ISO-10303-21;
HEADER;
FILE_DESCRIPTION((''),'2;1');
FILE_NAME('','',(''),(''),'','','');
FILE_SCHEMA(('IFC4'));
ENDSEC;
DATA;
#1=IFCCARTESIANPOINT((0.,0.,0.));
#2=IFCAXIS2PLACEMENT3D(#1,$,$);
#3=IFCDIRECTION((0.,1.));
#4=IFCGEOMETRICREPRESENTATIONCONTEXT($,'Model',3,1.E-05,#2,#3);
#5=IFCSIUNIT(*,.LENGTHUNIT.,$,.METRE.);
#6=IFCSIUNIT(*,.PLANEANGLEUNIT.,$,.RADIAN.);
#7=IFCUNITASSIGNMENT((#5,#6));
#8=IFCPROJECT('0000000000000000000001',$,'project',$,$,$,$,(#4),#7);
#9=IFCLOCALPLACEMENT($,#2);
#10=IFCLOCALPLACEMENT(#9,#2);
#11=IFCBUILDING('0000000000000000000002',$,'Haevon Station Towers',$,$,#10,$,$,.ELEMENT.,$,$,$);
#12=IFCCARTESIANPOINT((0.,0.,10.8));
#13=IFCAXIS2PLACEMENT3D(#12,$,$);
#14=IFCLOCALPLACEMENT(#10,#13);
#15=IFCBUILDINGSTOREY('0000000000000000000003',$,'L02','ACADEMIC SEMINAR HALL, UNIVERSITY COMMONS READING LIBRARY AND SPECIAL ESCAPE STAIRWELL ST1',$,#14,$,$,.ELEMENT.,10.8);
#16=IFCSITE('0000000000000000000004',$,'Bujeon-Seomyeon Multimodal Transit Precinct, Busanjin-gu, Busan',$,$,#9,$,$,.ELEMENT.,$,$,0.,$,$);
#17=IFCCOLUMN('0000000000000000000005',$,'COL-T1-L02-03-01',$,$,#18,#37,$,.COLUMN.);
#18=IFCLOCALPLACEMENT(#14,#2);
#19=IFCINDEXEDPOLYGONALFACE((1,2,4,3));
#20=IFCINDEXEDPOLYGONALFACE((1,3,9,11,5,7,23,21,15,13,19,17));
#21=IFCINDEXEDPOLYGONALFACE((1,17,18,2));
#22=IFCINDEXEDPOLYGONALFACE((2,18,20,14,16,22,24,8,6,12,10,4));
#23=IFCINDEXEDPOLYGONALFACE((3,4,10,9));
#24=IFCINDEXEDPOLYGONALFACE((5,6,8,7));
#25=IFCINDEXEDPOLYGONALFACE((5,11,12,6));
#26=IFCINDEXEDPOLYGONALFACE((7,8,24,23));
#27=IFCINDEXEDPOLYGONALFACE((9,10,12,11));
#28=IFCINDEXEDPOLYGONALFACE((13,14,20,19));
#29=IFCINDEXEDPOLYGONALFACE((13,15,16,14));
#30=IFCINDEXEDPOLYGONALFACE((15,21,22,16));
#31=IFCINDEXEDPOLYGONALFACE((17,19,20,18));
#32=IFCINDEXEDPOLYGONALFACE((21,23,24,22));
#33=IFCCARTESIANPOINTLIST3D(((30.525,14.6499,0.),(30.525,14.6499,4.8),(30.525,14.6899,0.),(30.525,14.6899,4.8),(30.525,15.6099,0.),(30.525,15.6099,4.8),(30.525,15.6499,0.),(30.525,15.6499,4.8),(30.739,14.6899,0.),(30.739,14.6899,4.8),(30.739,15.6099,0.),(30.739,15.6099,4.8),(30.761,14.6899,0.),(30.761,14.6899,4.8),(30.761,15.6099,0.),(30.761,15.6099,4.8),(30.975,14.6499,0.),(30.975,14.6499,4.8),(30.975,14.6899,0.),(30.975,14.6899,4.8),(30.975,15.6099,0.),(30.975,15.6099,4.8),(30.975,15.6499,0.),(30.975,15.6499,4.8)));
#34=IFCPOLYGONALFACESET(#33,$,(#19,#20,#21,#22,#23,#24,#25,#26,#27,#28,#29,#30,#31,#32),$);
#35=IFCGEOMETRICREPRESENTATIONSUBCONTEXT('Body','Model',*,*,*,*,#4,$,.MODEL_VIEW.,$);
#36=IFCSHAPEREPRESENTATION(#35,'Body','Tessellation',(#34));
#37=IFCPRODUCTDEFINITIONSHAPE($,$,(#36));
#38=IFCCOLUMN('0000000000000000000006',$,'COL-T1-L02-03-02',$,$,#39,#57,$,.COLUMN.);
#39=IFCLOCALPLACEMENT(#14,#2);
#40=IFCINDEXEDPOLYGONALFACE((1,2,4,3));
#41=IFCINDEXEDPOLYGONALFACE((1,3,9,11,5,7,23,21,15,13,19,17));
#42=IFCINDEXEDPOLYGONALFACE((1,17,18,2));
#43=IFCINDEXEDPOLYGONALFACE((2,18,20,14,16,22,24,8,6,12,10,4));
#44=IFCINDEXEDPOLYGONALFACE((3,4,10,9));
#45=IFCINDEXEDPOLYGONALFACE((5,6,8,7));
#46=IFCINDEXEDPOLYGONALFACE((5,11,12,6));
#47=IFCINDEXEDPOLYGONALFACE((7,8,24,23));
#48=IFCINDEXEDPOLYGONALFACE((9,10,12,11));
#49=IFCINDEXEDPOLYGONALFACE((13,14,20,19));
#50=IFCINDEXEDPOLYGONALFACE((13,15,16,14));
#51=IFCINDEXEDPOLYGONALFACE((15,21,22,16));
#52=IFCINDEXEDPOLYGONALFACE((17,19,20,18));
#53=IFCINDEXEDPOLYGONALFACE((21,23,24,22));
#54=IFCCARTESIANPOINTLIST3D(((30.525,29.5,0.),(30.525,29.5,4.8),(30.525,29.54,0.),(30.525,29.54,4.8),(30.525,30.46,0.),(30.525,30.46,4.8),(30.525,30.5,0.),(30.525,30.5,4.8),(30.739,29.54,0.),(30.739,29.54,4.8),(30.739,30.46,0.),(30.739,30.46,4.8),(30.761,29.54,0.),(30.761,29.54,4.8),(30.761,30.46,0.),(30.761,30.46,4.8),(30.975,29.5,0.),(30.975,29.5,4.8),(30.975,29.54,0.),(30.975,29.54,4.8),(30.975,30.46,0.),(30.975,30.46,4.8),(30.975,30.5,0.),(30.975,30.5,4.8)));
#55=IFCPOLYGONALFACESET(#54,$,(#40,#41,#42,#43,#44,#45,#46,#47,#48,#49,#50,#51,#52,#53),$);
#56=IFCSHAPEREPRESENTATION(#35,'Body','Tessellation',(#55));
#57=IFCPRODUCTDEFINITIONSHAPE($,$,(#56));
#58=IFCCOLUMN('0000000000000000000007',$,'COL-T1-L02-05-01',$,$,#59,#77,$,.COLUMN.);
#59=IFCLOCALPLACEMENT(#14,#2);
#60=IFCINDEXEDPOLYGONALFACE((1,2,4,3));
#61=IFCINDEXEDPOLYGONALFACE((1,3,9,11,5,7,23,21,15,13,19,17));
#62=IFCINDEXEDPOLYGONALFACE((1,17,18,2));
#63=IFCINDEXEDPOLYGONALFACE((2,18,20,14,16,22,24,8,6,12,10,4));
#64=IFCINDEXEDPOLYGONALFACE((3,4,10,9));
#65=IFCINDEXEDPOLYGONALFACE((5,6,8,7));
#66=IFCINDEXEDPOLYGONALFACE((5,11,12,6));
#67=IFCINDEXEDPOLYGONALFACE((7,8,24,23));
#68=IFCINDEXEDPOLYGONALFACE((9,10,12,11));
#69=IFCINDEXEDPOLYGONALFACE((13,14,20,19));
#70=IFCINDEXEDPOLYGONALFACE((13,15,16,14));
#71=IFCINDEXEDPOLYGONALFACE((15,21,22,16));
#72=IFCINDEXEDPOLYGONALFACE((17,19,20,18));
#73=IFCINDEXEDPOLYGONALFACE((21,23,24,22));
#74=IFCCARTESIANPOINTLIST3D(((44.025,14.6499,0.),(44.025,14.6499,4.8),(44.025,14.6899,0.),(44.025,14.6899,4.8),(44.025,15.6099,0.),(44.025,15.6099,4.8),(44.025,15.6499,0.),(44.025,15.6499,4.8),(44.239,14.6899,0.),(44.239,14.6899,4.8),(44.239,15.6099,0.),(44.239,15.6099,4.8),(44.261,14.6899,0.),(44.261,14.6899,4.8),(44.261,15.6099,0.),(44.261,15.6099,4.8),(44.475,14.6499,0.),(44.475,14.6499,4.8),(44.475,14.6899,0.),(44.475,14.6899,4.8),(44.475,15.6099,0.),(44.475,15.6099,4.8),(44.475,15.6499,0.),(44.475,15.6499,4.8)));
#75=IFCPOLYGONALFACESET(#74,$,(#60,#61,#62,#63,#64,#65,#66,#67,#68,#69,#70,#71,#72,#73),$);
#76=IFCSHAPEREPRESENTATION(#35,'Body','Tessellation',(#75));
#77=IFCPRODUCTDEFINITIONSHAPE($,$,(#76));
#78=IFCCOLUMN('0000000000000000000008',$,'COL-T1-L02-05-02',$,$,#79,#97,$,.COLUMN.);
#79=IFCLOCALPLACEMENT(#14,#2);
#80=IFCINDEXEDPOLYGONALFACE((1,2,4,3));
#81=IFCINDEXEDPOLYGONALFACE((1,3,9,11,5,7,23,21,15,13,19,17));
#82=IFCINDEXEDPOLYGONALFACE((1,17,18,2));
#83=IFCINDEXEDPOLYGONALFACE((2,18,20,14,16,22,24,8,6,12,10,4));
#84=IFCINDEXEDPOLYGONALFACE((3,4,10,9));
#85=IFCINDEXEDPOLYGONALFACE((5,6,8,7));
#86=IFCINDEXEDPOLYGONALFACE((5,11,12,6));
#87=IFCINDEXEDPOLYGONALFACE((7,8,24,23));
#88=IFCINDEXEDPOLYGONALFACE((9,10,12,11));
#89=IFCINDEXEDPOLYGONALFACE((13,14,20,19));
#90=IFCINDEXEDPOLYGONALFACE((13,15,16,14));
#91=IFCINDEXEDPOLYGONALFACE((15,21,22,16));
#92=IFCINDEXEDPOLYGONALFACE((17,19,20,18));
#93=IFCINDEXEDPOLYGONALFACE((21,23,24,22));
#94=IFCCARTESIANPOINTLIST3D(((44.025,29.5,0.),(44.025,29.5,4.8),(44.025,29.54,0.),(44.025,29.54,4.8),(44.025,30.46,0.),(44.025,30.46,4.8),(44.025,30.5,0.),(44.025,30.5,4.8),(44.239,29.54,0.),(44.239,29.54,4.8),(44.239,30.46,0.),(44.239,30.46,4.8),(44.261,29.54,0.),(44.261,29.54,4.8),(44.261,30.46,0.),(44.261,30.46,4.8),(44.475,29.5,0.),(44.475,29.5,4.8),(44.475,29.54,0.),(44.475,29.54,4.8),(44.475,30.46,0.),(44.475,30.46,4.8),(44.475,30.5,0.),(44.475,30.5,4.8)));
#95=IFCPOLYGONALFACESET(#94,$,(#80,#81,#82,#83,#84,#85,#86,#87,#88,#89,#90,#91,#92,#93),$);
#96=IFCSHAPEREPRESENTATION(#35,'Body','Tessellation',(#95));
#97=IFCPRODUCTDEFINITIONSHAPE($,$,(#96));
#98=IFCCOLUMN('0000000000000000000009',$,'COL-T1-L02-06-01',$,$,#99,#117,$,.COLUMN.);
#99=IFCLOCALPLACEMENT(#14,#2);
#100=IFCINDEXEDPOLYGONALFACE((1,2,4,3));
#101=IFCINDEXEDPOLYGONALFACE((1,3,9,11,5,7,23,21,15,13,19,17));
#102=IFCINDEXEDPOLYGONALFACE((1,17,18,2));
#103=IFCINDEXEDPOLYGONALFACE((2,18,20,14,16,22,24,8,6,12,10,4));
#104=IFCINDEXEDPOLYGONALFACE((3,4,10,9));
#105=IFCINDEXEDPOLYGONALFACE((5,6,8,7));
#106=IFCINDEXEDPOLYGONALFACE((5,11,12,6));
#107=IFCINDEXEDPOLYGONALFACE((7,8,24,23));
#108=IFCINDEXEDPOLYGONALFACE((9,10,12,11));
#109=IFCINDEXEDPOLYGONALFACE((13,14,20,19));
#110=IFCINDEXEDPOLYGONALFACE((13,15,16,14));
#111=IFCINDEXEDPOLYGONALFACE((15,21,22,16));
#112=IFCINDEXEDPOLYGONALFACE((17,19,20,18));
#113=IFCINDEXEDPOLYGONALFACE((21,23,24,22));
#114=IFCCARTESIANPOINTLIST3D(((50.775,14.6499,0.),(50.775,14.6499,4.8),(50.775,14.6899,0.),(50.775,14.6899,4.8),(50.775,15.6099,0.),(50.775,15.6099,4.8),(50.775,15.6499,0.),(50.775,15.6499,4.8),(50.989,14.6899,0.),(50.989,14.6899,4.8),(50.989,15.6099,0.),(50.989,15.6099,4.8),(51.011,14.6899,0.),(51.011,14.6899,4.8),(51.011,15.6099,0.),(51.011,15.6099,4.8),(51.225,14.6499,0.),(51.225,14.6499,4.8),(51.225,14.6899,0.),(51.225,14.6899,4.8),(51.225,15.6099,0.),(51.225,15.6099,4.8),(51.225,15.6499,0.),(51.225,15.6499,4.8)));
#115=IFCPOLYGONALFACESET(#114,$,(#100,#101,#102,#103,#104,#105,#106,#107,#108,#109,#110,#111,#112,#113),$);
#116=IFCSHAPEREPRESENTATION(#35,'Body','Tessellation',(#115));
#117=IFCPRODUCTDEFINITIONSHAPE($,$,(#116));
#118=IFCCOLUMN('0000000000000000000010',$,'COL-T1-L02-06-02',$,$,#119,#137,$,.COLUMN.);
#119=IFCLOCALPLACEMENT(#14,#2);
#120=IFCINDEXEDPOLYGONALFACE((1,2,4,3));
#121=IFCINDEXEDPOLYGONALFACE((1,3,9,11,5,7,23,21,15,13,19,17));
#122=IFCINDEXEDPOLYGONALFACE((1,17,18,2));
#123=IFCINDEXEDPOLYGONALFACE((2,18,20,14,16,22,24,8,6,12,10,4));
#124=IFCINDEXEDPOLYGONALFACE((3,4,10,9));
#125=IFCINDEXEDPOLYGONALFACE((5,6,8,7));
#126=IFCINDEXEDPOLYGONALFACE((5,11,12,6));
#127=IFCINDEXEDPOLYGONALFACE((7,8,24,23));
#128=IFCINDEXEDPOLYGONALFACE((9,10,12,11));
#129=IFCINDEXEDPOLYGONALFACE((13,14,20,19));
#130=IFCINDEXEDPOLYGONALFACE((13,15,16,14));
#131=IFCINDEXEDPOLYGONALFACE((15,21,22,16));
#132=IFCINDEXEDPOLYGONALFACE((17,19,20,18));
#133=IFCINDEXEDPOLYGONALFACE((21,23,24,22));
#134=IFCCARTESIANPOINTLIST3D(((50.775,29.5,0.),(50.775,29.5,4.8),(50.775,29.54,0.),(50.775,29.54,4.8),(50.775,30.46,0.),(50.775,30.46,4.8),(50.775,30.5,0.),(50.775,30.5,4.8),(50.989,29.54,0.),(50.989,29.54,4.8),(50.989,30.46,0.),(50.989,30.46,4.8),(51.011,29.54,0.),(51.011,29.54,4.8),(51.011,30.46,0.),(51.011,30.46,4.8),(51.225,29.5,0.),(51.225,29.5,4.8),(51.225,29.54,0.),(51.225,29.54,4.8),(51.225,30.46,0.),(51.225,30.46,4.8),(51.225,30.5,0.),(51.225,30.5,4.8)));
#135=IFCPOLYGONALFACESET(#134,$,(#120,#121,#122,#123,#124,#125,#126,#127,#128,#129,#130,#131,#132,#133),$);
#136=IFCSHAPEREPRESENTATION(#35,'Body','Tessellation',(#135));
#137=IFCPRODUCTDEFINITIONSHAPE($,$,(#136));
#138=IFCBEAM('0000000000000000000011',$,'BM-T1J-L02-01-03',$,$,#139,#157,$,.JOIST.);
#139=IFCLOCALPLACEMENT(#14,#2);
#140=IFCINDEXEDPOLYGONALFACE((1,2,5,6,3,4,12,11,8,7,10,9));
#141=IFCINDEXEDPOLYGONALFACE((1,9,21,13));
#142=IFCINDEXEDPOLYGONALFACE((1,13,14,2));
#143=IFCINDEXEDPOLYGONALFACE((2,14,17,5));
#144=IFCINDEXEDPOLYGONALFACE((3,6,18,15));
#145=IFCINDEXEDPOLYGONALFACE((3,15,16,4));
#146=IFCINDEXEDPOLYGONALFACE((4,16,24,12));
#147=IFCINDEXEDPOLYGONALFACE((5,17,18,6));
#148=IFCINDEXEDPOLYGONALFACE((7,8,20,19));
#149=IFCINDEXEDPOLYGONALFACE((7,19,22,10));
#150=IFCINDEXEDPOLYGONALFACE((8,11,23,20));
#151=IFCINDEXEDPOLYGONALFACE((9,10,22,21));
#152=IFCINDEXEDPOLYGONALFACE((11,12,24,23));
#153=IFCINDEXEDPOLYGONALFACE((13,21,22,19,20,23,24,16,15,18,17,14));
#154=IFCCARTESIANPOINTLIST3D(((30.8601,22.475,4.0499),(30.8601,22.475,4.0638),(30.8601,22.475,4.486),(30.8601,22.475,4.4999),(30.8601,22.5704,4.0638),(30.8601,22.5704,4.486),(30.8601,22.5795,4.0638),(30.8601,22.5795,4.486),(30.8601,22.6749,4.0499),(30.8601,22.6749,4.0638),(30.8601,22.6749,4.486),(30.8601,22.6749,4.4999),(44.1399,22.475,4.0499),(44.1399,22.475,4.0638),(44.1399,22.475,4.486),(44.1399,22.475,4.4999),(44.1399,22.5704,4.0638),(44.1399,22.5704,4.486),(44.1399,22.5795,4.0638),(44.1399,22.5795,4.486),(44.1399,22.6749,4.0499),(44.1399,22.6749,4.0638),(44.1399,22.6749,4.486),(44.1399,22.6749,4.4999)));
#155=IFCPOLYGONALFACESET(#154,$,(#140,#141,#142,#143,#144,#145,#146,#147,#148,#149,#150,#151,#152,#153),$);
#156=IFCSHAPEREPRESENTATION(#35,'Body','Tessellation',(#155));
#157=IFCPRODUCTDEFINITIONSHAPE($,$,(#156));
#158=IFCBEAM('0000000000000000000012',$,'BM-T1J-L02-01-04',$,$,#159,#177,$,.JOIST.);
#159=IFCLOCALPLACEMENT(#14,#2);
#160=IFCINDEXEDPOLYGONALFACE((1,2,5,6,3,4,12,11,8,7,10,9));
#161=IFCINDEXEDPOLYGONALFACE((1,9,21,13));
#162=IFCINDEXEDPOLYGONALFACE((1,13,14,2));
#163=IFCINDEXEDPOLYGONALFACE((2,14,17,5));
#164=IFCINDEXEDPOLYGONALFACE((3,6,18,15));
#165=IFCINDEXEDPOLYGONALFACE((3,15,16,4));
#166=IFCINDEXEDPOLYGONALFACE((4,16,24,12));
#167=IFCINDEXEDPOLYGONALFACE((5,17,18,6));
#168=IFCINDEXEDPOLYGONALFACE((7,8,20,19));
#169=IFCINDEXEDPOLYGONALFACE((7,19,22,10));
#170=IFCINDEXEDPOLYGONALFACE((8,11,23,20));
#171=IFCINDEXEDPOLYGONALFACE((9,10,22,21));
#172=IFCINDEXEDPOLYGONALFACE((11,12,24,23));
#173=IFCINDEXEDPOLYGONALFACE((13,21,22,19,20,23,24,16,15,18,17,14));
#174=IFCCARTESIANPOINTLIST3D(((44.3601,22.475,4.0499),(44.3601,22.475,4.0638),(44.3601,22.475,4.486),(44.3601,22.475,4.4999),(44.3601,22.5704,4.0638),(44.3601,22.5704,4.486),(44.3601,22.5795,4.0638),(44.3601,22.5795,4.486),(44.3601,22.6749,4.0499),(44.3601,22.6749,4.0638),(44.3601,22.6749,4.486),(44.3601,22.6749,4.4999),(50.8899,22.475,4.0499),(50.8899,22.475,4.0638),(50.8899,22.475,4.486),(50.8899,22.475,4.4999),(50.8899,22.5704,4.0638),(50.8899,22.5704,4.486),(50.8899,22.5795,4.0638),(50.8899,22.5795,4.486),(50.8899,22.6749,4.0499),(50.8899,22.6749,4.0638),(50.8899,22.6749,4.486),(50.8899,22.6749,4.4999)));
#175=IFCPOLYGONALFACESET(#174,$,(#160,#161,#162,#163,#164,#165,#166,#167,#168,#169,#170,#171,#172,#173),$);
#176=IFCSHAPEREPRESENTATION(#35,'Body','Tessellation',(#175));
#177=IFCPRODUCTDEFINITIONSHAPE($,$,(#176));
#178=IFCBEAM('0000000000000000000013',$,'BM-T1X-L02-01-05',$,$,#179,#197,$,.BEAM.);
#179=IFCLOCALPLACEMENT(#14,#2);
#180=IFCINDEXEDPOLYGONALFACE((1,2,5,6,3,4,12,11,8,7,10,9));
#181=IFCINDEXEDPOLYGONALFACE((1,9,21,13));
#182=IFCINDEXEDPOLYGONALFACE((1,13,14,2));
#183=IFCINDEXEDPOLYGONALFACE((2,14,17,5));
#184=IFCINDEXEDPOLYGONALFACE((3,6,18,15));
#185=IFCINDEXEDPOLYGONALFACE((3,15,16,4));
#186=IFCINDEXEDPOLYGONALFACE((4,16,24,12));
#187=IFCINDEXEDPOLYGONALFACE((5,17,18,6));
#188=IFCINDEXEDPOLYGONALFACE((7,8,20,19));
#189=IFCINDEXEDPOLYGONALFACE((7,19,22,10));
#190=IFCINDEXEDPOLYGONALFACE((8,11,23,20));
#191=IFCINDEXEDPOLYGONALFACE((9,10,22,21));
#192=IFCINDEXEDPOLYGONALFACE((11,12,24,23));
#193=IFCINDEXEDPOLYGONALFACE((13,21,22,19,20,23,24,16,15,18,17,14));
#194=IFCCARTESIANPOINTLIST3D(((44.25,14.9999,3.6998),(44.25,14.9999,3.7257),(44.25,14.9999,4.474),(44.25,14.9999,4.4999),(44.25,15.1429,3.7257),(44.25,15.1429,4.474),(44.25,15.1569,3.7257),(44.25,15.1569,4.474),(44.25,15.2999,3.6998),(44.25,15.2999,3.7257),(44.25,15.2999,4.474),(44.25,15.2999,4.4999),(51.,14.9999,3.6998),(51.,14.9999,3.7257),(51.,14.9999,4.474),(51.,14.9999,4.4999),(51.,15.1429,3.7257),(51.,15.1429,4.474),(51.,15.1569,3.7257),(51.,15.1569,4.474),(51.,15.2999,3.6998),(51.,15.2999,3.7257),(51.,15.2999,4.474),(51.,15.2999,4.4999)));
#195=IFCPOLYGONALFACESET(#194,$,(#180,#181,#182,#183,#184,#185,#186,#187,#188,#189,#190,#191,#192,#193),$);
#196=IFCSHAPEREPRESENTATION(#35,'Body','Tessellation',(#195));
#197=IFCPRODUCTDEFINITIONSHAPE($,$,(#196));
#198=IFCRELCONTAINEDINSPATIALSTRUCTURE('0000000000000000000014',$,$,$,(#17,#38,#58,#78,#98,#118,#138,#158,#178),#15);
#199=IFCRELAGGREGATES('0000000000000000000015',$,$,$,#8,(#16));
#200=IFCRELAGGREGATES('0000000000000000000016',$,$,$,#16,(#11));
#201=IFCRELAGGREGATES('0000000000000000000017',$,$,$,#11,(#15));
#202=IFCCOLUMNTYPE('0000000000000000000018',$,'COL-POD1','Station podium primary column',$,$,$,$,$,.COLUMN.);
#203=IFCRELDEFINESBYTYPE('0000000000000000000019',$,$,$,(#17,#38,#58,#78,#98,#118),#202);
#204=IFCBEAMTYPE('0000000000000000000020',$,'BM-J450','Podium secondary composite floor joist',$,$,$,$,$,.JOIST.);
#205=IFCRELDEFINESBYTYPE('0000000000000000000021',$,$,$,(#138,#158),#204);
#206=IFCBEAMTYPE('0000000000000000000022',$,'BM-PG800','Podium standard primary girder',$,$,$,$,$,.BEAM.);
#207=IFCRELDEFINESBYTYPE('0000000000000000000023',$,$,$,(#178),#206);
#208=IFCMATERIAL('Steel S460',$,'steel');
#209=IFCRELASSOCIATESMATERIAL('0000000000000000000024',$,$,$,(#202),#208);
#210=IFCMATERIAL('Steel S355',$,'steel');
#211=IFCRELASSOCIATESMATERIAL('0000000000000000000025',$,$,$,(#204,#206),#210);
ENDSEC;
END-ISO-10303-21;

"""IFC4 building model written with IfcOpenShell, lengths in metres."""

from ifc_helpers import new_model, si_unit, direction, frame, origin, origin_2d, place, context, subcontext, project, spatial, i_section, extrude, material, material_profile, profile_set, type_object, element, save


model = new_model("IFC4")

# Units and contexts
model_context = context("Model", 3, precision=1e-05, world=origin(), true_north=direction((0.0, 1.0)))
body_context = subcontext(model_context, "Body", "Model", "MODEL_VIEW")
ifc_project = project(units=[si_unit("LENGTHUNIT", "METRE"), si_unit("PLANEANGLEUNIT", "RADIAN")], contexts=[model_context])

# Site, building, storey
site_placement = place(None, origin())
site = spatial("IfcSite", under=ifc_project, at=site_placement, Name="Bujeon-Seomyeon Multimodal Transit Precinct, Busanjin-gu, Busan", CompositionType="ELEMENT", RefElevation=0.0)
building_placement = place(site_placement, origin())
building = spatial("IfcBuilding", under=site, at=building_placement, Name="Haevon Station Towers", CompositionType="ELEMENT")
storey_placement = place(building_placement, frame((0.0, 0.0, 10.8)))
storey = spatial("IfcBuildingStorey", under=building, at=storey_placement, Name="L02", Description="ACADEMIC SEMINAR HALL, UNIVERSITY COMMONS READING LIBRARY AND SPECIAL ESCAPE STAIRWELL ST1", CompositionType="ELEMENT", Elevation=10.8)

# Columns
ifc_material_1 = material(Name="Steel S460", Category="steel")
ifc_material_profile_1 = material_profile(ifc_material_1, i_section(OverallWidth=0.45, OverallDepth=1.0, WebThickness=0.022, FlangeThickness=0.04, at=origin_2d()), Name="H-1000x450x22x40")
ifc_profile_set_1 = profile_set([ifc_material_profile_1], Name="Steel S460")
column_type = type_object("IfcColumnType", Name="COL-POD1", Description="Station podium primary column", PredefinedType="COLUMN", material=ifc_profile_set_1)
for number, where, z_axis, x_axis, name in (
    (1, (30.75, 15.1499, 0.0), (0.0, 0.0, 1.0), (1.0, 0.0, 0.0), "COL-T1-L02-03-01"),
    (2, (30.75, 30.0, 0.0), (0.0, 0.0, 1.0), (1.0, 0.0, 0.0), "COL-T1-L02-03-02"),
    (3, (44.25, 15.1499, 0.0), (0.0, 0.0, 1.0), (1.0, 0.0, 0.0), "COL-T1-L02-05-01"),
    (4, (44.25, 30.0, 0.0), (0.0, 0.0, 1.0), (1.0, 0.0, 0.0), "COL-T1-L02-05-02"),
    (5, (51.0, 15.1499, 0.0), (0.0, 0.0, 1.0), (1.0, 0.0, 0.0), "COL-T1-L02-06-01"),
    (6, (51.0, 30.0, 0.0), (0.0, 0.0, 1.0), (1.0, 0.0, 0.0), "COL-T1-L02-06-02"),
):
    element("IfcColumn", number, at=place(storey_placement, frame(where, z_axis=z_axis, x_axis=x_axis)), inside=storey, type_object=column_type, Name=name, PredefinedType="COLUMN", context=body_context, shape_type="SweptSolid", body=[
        extrude(i_section(OverallWidth=0.45, OverallDepth=1.0, WebThickness=0.022, FlangeThickness=0.04, at=origin_2d()), origin(), (0.0, 0.0, 1.0), 4.8),
    ])

# Beams
ifc_material_2 = material(Name="Steel S355", Category="steel")
ifc_material_profile_2 = material_profile(ifc_material_2, i_section(OverallWidth=0.2, OverallDepth=0.45, WebThickness=0.009, FlangeThickness=0.0139, at=origin_2d()), Name="H-450x200x9x14")
ifc_profile_set_2 = profile_set([ifc_material_profile_2], Name="Steel S355")
beam_type_1 = type_object("IfcBeamType", Name="BM-J450", Description="Podium secondary composite floor joist", PredefinedType="JOIST", material=ifc_profile_set_2)
beam_1_placement = place(storey_placement, frame((30.8601, 22.575, 4.2749), z_axis=(1.0, 0.0, 0.0), x_axis=(0.0, 1.0, 0.0)))
element("IfcBeam", 7, at=beam_1_placement, inside=storey, type_object=beam_type_1, Name="BM-T1J-L02-01-03", PredefinedType="JOIST", context=body_context, shape_type="SweptSolid", body=[
    extrude(i_section(OverallWidth=0.2, OverallDepth=0.45, WebThickness=0.009, FlangeThickness=0.0139, at=origin_2d()), origin(), (0.0, 0.0, 1.0), 13.2798),
])
beam_2_placement = place(storey_placement, frame((44.3601, 22.575, 4.2749), z_axis=(1.0, 0.0, 0.0), x_axis=(0.0, 1.0, 0.0)))
element("IfcBeam", 8, at=beam_2_placement, inside=storey, type_object=beam_type_1, Name="BM-T1J-L02-01-04", PredefinedType="JOIST", context=body_context, shape_type="SweptSolid", body=[
    extrude(i_section(OverallWidth=0.2, OverallDepth=0.45, WebThickness=0.009, FlangeThickness=0.0139, at=origin_2d()), origin(), (0.0, 0.0, 1.0), 6.5298),
])
ifc_material_profile_3 = material_profile(ifc_material_2, i_section(OverallWidth=0.3, OverallDepth=0.8, WebThickness=0.0139, FlangeThickness=0.0259, at=origin_2d()), Name="H-800x300x14x26")
ifc_profile_set_3 = profile_set([ifc_material_profile_3], Name="Steel S355")
beam_type_2 = type_object("IfcBeamType", Name="BM-PG800", Description="Podium standard primary girder", PredefinedType="BEAM", material=ifc_profile_set_3)
for number, where, z_axis, x_axis, name in (
    (9, (44.25, 15.1499, 4.0999), (1.0, 0.0, 0.0), (0.0, 1.0, 0.0), "BM-T1X-L02-01-05"),
):
    element("IfcBeam", number, at=place(storey_placement, frame(where, z_axis=z_axis, x_axis=x_axis)), inside=storey, type_object=beam_type_2, Name=name, PredefinedType="BEAM", context=body_context, shape_type="SweptSolid", body=[
        extrude(i_section(OverallWidth=0.3, OverallDepth=0.8, WebThickness=0.0139, FlangeThickness=0.0259, at=origin_2d()), origin(), (0.0, 0.0, 1.0), 6.75),
    ])

save(model, "model.ifc")
